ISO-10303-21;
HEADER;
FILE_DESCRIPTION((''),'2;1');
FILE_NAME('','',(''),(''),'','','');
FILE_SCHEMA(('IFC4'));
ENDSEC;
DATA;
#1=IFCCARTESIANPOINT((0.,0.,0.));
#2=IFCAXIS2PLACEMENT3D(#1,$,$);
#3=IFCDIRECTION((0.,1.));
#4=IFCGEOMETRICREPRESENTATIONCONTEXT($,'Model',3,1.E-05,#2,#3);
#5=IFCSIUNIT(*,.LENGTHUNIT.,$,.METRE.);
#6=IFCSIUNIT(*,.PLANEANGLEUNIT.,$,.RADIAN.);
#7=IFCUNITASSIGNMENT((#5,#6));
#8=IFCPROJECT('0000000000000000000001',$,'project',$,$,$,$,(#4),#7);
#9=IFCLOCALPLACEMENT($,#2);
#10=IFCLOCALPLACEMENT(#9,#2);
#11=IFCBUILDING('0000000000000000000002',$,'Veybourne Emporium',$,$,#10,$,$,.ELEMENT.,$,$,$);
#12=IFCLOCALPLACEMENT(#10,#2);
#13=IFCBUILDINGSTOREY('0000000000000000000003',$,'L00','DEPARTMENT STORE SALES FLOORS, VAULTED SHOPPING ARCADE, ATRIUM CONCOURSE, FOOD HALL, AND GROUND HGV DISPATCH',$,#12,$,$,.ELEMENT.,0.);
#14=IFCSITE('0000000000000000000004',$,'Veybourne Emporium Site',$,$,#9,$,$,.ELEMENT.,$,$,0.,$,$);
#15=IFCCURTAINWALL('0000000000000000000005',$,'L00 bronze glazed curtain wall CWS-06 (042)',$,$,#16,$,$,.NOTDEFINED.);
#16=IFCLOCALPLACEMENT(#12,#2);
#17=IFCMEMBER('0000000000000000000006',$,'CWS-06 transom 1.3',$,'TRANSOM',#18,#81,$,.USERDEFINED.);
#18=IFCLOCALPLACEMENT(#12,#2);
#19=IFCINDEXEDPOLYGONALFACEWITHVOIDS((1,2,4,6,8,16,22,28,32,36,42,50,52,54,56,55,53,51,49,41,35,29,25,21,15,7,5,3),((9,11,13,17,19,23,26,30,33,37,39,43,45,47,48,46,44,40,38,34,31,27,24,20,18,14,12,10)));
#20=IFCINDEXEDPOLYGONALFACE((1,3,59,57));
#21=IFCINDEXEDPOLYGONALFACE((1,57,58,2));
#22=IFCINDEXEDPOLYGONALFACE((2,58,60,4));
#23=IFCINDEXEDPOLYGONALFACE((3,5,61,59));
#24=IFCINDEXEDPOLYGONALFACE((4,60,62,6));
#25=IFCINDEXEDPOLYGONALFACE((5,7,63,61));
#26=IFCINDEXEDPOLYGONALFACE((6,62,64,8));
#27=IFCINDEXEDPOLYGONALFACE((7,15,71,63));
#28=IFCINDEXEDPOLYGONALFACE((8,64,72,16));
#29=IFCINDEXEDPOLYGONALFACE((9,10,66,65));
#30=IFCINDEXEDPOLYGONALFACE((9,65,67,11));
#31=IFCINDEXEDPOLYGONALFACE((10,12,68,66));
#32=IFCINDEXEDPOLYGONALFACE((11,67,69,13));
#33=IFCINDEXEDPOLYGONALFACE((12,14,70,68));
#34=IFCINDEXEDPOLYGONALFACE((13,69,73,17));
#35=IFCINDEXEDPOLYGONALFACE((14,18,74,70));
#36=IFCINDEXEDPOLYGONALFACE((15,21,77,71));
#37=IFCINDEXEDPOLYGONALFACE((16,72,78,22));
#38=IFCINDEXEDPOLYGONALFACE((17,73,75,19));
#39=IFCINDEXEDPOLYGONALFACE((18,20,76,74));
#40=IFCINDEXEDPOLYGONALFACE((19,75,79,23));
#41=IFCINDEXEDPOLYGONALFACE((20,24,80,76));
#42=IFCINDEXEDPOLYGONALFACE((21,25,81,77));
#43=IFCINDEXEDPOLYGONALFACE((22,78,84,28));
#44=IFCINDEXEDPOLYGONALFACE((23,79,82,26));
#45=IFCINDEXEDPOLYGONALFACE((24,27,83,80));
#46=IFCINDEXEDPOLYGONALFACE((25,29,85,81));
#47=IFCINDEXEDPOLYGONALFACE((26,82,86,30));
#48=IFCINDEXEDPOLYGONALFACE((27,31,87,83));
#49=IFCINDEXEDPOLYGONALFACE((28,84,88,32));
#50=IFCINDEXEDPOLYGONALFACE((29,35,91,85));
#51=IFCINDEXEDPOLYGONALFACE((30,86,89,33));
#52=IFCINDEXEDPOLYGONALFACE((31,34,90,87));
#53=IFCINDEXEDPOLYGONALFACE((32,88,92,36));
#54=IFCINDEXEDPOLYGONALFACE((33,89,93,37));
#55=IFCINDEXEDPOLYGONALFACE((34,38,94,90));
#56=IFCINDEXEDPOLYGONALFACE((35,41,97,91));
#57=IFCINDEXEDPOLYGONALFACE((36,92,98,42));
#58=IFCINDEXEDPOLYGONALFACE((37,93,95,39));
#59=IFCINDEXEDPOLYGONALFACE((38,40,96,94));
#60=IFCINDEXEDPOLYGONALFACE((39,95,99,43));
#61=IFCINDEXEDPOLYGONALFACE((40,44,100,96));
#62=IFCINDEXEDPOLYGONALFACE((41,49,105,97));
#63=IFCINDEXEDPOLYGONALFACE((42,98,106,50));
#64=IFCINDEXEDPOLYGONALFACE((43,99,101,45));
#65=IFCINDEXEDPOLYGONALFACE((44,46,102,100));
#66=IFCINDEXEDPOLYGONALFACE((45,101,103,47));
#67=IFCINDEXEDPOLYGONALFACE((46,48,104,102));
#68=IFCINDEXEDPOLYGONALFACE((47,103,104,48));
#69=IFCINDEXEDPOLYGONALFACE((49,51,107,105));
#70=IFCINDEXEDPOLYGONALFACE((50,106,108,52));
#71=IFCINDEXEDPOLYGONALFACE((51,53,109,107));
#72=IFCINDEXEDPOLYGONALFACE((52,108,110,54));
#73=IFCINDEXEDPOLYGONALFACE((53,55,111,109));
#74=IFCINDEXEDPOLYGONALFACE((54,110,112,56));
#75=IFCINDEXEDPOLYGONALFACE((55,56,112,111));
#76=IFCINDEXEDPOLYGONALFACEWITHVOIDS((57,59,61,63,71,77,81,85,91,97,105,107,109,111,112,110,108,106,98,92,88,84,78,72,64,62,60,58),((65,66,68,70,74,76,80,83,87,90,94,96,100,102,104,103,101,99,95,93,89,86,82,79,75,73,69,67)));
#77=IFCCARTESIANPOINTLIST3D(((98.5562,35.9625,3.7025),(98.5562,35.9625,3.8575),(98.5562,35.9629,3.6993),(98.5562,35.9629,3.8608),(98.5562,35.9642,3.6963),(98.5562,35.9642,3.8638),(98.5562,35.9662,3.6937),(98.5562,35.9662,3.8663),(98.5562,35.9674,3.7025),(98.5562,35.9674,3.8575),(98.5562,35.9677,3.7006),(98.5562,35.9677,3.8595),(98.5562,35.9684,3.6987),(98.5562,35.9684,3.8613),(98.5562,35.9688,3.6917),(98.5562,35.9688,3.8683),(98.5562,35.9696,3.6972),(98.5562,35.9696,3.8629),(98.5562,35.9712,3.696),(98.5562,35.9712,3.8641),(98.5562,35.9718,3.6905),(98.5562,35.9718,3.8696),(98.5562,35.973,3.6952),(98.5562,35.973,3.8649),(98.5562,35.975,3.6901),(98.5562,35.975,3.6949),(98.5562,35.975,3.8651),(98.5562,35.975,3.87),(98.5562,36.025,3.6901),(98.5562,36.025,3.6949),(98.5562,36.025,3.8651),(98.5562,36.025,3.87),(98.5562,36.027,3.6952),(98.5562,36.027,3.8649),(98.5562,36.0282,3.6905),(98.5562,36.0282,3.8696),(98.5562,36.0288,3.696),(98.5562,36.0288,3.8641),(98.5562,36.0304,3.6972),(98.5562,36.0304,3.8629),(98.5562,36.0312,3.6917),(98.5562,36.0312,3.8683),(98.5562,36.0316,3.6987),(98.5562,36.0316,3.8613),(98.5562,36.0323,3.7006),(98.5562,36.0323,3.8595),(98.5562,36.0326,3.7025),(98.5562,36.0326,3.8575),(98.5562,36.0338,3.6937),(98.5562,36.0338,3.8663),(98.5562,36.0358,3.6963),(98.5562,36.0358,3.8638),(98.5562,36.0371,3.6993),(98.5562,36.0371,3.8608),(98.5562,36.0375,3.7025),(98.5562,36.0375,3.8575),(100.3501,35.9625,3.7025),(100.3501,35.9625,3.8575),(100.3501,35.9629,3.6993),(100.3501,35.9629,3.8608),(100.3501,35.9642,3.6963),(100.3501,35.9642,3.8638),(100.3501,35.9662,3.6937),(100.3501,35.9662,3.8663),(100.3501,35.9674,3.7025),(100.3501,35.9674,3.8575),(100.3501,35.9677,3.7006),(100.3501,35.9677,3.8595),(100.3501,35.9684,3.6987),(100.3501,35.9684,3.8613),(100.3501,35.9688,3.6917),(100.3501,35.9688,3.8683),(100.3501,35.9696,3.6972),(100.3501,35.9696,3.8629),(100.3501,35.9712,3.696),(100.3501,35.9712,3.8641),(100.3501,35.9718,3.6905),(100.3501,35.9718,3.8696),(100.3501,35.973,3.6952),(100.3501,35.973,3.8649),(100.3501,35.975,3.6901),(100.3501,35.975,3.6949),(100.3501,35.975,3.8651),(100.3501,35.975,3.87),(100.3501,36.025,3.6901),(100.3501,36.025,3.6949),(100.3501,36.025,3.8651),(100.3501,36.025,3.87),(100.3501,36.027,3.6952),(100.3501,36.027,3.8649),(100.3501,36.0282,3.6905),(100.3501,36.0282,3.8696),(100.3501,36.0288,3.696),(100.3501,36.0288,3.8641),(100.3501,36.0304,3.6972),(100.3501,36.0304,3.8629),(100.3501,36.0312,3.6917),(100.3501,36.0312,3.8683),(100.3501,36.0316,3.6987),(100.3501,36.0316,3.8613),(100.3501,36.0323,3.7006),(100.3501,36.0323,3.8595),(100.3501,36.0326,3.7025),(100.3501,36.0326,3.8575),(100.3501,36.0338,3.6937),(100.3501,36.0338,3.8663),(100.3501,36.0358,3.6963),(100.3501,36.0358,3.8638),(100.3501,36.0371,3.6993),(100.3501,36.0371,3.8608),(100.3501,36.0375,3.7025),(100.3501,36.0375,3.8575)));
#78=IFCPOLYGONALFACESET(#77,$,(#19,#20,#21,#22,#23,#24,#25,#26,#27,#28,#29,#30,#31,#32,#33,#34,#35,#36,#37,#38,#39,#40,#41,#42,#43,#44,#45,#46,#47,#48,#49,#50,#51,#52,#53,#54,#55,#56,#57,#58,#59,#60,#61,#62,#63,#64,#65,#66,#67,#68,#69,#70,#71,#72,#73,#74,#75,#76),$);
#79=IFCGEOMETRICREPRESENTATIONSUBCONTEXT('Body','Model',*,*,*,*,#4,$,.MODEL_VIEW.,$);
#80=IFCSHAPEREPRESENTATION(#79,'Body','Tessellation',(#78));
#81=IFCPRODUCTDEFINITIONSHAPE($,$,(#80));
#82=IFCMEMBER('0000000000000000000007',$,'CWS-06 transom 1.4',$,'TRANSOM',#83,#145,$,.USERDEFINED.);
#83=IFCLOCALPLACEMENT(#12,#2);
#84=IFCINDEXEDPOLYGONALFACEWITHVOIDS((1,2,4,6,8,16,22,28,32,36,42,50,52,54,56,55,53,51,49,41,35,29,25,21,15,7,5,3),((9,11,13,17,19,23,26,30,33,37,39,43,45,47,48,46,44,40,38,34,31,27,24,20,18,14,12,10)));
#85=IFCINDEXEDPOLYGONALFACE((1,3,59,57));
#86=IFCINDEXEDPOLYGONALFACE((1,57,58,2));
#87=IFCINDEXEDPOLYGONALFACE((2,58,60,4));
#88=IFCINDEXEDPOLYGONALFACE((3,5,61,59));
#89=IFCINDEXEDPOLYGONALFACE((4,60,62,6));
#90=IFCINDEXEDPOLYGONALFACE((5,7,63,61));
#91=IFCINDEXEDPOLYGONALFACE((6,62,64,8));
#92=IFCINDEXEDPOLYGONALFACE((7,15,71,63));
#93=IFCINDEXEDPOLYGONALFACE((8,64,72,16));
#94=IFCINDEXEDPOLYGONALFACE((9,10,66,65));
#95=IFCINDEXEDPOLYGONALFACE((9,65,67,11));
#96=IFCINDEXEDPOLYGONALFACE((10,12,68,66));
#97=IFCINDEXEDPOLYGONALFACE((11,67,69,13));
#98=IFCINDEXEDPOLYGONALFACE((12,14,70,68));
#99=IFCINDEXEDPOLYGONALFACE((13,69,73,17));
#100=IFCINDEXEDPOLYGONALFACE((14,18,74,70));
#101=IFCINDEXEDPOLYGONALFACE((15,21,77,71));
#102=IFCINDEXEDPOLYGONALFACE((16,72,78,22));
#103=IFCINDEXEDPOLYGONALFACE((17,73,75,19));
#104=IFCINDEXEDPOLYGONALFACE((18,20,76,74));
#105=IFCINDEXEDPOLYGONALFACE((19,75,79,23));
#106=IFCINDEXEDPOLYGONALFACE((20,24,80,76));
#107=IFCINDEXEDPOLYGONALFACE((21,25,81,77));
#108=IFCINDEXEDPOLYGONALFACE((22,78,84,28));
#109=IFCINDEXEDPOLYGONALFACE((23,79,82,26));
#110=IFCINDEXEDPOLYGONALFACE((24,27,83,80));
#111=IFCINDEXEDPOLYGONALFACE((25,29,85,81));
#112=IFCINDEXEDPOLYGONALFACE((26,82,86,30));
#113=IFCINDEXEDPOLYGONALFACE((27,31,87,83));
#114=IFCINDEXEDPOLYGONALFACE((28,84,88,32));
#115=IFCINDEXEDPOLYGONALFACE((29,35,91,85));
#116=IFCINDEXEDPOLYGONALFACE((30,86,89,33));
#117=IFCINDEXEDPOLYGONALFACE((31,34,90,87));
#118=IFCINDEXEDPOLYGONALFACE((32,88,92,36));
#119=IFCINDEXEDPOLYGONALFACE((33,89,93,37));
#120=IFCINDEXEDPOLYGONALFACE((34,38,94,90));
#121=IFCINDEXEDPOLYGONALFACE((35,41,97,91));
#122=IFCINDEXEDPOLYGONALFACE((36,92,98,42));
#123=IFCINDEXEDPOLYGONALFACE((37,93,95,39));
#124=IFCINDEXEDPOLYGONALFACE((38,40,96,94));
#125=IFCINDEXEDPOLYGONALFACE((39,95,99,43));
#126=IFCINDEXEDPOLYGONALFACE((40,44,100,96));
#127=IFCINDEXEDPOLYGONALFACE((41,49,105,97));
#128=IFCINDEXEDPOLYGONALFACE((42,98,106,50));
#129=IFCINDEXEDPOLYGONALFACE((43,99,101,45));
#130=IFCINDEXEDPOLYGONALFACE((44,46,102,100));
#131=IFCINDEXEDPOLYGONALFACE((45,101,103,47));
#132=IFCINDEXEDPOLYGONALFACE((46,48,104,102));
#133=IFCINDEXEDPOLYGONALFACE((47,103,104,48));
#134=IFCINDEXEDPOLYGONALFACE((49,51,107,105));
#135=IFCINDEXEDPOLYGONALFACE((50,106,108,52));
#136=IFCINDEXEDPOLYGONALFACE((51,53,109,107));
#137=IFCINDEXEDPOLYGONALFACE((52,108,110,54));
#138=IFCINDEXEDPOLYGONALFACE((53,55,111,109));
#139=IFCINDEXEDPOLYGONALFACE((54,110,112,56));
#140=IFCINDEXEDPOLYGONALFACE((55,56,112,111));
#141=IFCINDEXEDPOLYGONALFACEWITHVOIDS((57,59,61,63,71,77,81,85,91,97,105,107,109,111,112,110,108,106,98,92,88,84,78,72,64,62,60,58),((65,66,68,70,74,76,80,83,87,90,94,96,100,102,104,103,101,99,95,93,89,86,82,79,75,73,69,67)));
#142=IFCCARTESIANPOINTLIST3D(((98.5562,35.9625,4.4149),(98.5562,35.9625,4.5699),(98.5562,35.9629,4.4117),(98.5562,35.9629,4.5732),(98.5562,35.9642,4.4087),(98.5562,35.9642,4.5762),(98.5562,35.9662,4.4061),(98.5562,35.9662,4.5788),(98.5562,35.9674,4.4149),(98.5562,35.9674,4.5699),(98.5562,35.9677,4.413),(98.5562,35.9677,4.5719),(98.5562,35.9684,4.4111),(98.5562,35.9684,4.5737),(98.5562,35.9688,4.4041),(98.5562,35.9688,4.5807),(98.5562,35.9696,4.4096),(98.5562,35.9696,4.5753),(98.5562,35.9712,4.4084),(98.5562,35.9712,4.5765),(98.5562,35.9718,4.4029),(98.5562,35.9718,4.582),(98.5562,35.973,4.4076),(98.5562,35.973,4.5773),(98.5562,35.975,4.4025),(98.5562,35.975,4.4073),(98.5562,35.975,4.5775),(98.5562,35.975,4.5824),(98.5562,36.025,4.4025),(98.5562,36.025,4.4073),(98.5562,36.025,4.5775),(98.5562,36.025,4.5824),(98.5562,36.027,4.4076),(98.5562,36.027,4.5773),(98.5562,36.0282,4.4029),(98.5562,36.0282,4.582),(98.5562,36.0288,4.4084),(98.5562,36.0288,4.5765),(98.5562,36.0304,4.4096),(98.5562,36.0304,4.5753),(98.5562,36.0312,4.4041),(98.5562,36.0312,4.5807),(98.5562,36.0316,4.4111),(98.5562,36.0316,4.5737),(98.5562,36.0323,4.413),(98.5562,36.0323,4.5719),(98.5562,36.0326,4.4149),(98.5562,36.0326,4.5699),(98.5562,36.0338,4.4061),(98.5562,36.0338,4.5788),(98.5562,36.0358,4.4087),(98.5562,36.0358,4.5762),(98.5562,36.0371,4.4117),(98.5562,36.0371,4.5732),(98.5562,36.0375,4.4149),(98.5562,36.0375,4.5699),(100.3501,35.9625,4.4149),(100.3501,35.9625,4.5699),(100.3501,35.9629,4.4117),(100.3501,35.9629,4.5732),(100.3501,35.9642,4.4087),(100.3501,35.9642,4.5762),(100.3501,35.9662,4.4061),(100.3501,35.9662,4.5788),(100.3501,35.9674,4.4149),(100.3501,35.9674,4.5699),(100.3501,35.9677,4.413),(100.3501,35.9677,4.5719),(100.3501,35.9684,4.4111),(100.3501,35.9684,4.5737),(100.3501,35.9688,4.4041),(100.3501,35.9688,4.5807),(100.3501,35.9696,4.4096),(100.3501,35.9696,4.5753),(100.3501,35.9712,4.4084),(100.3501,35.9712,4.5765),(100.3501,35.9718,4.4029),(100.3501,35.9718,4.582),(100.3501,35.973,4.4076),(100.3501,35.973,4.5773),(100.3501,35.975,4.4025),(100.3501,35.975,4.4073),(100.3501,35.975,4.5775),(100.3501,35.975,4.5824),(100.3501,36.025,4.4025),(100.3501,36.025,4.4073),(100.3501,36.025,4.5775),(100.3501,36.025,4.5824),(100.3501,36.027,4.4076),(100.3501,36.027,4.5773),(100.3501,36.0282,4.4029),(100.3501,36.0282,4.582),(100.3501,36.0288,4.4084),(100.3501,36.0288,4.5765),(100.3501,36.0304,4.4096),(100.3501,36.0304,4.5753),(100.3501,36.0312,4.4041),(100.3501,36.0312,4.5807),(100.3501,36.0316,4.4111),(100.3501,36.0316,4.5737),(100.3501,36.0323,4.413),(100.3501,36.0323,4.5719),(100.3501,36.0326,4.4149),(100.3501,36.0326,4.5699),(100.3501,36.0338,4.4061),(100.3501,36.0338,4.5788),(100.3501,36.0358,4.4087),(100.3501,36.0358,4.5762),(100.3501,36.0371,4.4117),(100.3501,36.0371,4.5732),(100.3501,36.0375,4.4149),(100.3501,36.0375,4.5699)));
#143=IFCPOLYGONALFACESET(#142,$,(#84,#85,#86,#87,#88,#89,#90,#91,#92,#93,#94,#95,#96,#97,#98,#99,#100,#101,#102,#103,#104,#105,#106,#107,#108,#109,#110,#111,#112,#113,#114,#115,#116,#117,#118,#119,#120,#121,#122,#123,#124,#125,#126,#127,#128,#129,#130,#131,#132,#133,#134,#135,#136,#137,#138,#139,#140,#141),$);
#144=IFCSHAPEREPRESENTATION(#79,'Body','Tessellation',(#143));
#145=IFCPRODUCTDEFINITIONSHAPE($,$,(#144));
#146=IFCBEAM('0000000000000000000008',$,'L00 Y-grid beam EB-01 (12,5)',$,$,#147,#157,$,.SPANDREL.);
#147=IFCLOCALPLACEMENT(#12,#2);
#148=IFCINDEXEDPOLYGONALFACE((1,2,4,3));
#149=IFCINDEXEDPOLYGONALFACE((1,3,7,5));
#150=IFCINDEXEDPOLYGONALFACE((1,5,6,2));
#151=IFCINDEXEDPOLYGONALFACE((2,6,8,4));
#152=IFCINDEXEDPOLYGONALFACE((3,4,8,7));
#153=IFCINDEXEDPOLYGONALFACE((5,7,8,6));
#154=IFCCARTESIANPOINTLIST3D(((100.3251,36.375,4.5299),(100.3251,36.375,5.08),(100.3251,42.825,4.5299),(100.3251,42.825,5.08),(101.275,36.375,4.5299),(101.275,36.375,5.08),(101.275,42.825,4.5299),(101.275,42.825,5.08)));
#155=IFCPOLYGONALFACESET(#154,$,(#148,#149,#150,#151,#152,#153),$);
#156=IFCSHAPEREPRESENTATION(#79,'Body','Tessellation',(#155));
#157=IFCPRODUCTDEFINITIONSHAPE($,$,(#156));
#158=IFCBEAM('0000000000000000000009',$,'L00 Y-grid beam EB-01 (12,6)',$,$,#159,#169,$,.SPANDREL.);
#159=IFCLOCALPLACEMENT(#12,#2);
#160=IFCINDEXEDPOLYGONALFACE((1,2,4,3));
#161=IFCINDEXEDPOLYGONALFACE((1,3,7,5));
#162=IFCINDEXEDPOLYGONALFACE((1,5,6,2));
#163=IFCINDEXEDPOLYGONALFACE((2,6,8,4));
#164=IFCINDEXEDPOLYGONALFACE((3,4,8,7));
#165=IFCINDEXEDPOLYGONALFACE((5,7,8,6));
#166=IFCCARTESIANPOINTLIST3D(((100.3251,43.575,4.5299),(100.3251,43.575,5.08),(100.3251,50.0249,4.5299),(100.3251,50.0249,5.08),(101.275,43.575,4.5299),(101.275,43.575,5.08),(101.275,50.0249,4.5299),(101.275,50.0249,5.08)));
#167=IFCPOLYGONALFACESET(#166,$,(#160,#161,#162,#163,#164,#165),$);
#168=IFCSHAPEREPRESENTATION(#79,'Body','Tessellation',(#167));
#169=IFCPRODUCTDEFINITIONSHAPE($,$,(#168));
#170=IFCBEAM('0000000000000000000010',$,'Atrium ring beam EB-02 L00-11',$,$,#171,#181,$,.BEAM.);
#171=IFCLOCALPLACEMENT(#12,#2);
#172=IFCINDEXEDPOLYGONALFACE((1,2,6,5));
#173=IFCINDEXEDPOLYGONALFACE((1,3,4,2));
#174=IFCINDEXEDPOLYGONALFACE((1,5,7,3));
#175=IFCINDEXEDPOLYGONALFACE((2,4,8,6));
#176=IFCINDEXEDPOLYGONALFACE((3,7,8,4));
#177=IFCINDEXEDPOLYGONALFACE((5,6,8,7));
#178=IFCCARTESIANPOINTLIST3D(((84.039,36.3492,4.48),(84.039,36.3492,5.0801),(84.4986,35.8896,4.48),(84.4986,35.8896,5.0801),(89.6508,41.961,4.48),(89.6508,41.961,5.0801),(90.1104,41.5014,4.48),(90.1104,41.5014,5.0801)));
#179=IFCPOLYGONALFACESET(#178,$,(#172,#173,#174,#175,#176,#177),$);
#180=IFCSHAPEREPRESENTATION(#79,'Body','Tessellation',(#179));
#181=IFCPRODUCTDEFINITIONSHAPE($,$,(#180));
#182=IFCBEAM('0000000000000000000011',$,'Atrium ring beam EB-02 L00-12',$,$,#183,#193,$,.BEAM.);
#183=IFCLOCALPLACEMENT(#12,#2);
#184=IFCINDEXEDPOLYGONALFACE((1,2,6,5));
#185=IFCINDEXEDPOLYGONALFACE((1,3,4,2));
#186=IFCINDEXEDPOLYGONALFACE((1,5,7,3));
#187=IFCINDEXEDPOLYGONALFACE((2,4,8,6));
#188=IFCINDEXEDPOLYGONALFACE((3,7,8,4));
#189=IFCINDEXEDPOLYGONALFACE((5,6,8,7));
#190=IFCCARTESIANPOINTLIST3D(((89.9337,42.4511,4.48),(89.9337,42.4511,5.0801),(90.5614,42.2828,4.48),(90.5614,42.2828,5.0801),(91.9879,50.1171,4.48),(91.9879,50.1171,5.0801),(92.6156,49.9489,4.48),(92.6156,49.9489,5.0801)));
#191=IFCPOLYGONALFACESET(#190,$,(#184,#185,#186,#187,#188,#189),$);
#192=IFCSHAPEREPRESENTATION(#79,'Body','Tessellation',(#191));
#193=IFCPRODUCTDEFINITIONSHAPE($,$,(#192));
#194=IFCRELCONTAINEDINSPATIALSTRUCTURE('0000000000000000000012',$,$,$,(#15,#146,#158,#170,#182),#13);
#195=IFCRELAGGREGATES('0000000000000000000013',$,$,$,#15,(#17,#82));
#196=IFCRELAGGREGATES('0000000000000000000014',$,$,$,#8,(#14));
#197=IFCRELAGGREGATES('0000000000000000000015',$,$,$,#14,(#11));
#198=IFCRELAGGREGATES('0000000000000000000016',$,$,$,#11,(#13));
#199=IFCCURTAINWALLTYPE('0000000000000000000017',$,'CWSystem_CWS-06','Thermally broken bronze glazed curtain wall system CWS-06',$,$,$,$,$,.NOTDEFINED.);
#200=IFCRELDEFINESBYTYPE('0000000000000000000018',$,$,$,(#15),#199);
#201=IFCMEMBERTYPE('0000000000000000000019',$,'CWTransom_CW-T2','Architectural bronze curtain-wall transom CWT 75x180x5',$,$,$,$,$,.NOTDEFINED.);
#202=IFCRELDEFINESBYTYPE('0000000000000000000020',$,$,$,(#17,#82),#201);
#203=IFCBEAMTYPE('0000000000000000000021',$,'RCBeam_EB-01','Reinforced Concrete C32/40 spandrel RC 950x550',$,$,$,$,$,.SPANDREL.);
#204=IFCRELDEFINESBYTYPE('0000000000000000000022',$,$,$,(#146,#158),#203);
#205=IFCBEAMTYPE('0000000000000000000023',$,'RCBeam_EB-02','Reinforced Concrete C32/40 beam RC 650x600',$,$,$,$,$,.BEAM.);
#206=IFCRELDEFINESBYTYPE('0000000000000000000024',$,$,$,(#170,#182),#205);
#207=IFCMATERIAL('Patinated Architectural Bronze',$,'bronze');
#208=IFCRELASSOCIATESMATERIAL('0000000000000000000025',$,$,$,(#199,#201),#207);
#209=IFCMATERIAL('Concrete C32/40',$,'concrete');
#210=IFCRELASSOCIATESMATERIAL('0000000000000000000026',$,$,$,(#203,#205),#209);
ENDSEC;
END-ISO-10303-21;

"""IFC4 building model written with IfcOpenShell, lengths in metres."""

from ifc_helpers import new_model, si_unit, direction, frame, origin, origin_2d, place, context, subcontext, project, spatial, rectangle, hollow_rectangle, extrude, material, material_profile, profile_set, type_object, element, aggregate, save


model = new_model("IFC4")

# Units and contexts
model_context = context("Model", 3, precision=1e-05, world=origin(), true_north=direction((0.0, 1.0)))
body_context = subcontext(model_context, "Body", "Model", "MODEL_VIEW")
ifc_project = project(units=[si_unit("LENGTHUNIT", "METRE"), si_unit("PLANEANGLEUNIT", "RADIAN")], contexts=[model_context])

# Site, building, storey
site_placement = place(None, origin())
site = spatial("IfcSite", under=ifc_project, at=site_placement, Name="Veybourne Emporium Site", CompositionType="ELEMENT", RefElevation=0.0)
building_placement = place(site_placement, origin())
building = spatial("IfcBuilding", under=site, at=building_placement, Name="Veybourne Emporium", CompositionType="ELEMENT")
storey_placement = place(building_placement, origin())
storey = spatial("IfcBuildingStorey", under=building, at=storey_placement, Name="L00", Description="DEPARTMENT STORE SALES FLOORS, VAULTED SHOPPING ARCADE, ATRIUM CONCOURSE, FOOD HALL, AND GROUND HGV DISPATCH", CompositionType="ELEMENT", Elevation=0.0)

# Curtain wall, members
ifc_material_1 = material(Name="Patinated Architectural Bronze", Category="bronze")
curtain_wall_type = type_object("IfcCurtainWallType", Name="CWSystem_CWS-06", Description="Thermally broken bronze glazed curtain wall system CWS-06", PredefinedType="NOTDEFINED", material=ifc_material_1)
curtain_wall_placement = place(storey_placement, origin())
curtain_wall = element("IfcCurtainWall", 1, at=curtain_wall_placement, inside=storey, type_object=curtain_wall_type, Name="L00 bronze glazed curtain wall CWS-06 (042)", PredefinedType="NOTDEFINED")
ifc_material_profile_1 = material_profile(ifc_material_1, hollow_rectangle(XDim=0.075, YDim=0.1799, WallThickness=0.0049, InnerFilletRadius=0.0076, OuterFilletRadius=0.0125, at=origin_2d()), Name="CWT 75x180x5")
ifc_profile_set_1 = profile_set([ifc_material_profile_1], Name="Patinated Architectural Bronze")
member_type_1 = type_object("IfcMemberType", Name="CWTransom_CW-T2", Description="Architectural bronze curtain-wall transom CWT 75x180x5", PredefinedType="NOTDEFINED", material=ifc_profile_set_1)
member_1_placement = place(storey_placement, frame((100.3501, 36.0, 3.78), z_axis=(-1.0, 0.0, 0.0), x_axis=(0.0, -1.0, 0.0)))
member_1 = element("IfcMember", 2, at=member_1_placement, type_object=member_type_1, Name="CWS-06 transom 1.3", ObjectType="TRANSOM", PredefinedType="USERDEFINED", context=body_context, shape_type="SweptSolid", body=[
    extrude(hollow_rectangle(XDim=0.075, YDim=0.1799, WallThickness=0.0049, InnerFilletRadius=0.0076, OuterFilletRadius=0.0125, at=origin_2d()), origin(), (0.0, 0.0, 1.0), 1.7939),
])
member_2_placement = place(storey_placement, frame((100.3501, 36.0, 4.4924), z_axis=(-1.0, 0.0, 0.0), x_axis=(0.0, -1.0, 0.0)))
member_2 = element("IfcMember", 3, at=member_2_placement, type_object=member_type_1, Name="CWS-06 transom 1.4", ObjectType="TRANSOM", PredefinedType="USERDEFINED", context=body_context, shape_type="SweptSolid", body=[
    extrude(hollow_rectangle(XDim=0.075, YDim=0.1799, WallThickness=0.0049, InnerFilletRadius=0.0076, OuterFilletRadius=0.0125, at=origin_2d()), origin(), (0.0, 0.0, 1.0), 1.7939),
])
aggregate(curtain_wall, [member_1, member_2])

# Beams
ifc_material_2 = material(Name="Concrete C32/40", Category="concrete")
ifc_material_profile_2 = material_profile(ifc_material_2, rectangle(XDim=0.95, YDim=0.55, at=origin_2d()), Name="RC 950x550")
ifc_profile_set_2 = profile_set([ifc_material_profile_2], Name="Concrete C32/40")
beam_type_1 = type_object("IfcBeamType", Name="RCBeam_EB-01", Description="Reinforced Concrete C32/40 spandrel RC 950x550", PredefinedType="SPANDREL", material=ifc_profile_set_2)
for number, where, z_axis, x_axis, name in (
    (4, (100.8, 36.375, 4.8049), (0.0, 1.0, 0.0), (-1.0, 0.0, 0.0), "L00 Y-grid beam EB-01 (12,5)"),
    (5, (100.8, 43.575, 4.8049), (0.0, 1.0, 0.0), (-1.0, 0.0, 0.0), "L00 Y-grid beam EB-01 (12,6)"),
):
    element("IfcBeam", number, at=place(storey_placement, frame(where, z_axis=z_axis, x_axis=x_axis)), inside=storey, type_object=beam_type_1, Name=name, PredefinedType="SPANDREL", context=body_context, shape_type="SweptSolid", body=[
        extrude(rectangle(XDim=0.95, YDim=0.55, at=origin_2d()), origin(), (0.0, 0.0, 1.0), 6.45),
    ])
ifc_material_profile_3 = material_profile(ifc_material_2, rectangle(XDim=0.6499, YDim=0.6001, at=origin_2d()), Name="RC 650x600")
ifc_profile_set_3 = profile_set([ifc_material_profile_3], Name="Concrete C32/40")
beam_type_2 = type_object("IfcBeamType", Name="RCBeam_EB-02", Description="Reinforced Concrete C32/40 beam RC 650x600", PredefinedType="BEAM", material=ifc_profile_set_3)
beam_1_placement = place(storey_placement, frame((84.2688, 36.1194, 4.78), z_axis=(0.707107, 0.707107, 0.0), x_axis=(-0.707107, 0.707107, 0.0)))
element("IfcBeam", 6, at=beam_1_placement, inside=storey, type_object=beam_type_2, Name="Atrium ring beam EB-02 L00-11", PredefinedType="BEAM", context=body_context, shape_type="SweptSolid", body=[
    extrude(rectangle(XDim=0.6499, YDim=0.6001, at=origin_2d()), origin(), (0.0, 0.0, 1.0), 7.9363),
])
beam_2_placement = place(storey_placement, frame((90.2476, 42.3669, 4.78), z_axis=(0.25883, 0.965923, 0.0), x_axis=(-0.965923, 0.25883, 0.0)))
element("IfcBeam", 7, at=beam_2_placement, inside=storey, type_object=beam_type_2, Name="Atrium ring beam EB-02 L00-12", PredefinedType="BEAM", context=body_context, shape_type="SweptSolid", body=[
    extrude(rectangle(XDim=0.6499, YDim=0.6001, at=origin_2d()), origin(), (0.0, 0.0, 1.0), 7.9365),
])

save(model, "model.ifc")
